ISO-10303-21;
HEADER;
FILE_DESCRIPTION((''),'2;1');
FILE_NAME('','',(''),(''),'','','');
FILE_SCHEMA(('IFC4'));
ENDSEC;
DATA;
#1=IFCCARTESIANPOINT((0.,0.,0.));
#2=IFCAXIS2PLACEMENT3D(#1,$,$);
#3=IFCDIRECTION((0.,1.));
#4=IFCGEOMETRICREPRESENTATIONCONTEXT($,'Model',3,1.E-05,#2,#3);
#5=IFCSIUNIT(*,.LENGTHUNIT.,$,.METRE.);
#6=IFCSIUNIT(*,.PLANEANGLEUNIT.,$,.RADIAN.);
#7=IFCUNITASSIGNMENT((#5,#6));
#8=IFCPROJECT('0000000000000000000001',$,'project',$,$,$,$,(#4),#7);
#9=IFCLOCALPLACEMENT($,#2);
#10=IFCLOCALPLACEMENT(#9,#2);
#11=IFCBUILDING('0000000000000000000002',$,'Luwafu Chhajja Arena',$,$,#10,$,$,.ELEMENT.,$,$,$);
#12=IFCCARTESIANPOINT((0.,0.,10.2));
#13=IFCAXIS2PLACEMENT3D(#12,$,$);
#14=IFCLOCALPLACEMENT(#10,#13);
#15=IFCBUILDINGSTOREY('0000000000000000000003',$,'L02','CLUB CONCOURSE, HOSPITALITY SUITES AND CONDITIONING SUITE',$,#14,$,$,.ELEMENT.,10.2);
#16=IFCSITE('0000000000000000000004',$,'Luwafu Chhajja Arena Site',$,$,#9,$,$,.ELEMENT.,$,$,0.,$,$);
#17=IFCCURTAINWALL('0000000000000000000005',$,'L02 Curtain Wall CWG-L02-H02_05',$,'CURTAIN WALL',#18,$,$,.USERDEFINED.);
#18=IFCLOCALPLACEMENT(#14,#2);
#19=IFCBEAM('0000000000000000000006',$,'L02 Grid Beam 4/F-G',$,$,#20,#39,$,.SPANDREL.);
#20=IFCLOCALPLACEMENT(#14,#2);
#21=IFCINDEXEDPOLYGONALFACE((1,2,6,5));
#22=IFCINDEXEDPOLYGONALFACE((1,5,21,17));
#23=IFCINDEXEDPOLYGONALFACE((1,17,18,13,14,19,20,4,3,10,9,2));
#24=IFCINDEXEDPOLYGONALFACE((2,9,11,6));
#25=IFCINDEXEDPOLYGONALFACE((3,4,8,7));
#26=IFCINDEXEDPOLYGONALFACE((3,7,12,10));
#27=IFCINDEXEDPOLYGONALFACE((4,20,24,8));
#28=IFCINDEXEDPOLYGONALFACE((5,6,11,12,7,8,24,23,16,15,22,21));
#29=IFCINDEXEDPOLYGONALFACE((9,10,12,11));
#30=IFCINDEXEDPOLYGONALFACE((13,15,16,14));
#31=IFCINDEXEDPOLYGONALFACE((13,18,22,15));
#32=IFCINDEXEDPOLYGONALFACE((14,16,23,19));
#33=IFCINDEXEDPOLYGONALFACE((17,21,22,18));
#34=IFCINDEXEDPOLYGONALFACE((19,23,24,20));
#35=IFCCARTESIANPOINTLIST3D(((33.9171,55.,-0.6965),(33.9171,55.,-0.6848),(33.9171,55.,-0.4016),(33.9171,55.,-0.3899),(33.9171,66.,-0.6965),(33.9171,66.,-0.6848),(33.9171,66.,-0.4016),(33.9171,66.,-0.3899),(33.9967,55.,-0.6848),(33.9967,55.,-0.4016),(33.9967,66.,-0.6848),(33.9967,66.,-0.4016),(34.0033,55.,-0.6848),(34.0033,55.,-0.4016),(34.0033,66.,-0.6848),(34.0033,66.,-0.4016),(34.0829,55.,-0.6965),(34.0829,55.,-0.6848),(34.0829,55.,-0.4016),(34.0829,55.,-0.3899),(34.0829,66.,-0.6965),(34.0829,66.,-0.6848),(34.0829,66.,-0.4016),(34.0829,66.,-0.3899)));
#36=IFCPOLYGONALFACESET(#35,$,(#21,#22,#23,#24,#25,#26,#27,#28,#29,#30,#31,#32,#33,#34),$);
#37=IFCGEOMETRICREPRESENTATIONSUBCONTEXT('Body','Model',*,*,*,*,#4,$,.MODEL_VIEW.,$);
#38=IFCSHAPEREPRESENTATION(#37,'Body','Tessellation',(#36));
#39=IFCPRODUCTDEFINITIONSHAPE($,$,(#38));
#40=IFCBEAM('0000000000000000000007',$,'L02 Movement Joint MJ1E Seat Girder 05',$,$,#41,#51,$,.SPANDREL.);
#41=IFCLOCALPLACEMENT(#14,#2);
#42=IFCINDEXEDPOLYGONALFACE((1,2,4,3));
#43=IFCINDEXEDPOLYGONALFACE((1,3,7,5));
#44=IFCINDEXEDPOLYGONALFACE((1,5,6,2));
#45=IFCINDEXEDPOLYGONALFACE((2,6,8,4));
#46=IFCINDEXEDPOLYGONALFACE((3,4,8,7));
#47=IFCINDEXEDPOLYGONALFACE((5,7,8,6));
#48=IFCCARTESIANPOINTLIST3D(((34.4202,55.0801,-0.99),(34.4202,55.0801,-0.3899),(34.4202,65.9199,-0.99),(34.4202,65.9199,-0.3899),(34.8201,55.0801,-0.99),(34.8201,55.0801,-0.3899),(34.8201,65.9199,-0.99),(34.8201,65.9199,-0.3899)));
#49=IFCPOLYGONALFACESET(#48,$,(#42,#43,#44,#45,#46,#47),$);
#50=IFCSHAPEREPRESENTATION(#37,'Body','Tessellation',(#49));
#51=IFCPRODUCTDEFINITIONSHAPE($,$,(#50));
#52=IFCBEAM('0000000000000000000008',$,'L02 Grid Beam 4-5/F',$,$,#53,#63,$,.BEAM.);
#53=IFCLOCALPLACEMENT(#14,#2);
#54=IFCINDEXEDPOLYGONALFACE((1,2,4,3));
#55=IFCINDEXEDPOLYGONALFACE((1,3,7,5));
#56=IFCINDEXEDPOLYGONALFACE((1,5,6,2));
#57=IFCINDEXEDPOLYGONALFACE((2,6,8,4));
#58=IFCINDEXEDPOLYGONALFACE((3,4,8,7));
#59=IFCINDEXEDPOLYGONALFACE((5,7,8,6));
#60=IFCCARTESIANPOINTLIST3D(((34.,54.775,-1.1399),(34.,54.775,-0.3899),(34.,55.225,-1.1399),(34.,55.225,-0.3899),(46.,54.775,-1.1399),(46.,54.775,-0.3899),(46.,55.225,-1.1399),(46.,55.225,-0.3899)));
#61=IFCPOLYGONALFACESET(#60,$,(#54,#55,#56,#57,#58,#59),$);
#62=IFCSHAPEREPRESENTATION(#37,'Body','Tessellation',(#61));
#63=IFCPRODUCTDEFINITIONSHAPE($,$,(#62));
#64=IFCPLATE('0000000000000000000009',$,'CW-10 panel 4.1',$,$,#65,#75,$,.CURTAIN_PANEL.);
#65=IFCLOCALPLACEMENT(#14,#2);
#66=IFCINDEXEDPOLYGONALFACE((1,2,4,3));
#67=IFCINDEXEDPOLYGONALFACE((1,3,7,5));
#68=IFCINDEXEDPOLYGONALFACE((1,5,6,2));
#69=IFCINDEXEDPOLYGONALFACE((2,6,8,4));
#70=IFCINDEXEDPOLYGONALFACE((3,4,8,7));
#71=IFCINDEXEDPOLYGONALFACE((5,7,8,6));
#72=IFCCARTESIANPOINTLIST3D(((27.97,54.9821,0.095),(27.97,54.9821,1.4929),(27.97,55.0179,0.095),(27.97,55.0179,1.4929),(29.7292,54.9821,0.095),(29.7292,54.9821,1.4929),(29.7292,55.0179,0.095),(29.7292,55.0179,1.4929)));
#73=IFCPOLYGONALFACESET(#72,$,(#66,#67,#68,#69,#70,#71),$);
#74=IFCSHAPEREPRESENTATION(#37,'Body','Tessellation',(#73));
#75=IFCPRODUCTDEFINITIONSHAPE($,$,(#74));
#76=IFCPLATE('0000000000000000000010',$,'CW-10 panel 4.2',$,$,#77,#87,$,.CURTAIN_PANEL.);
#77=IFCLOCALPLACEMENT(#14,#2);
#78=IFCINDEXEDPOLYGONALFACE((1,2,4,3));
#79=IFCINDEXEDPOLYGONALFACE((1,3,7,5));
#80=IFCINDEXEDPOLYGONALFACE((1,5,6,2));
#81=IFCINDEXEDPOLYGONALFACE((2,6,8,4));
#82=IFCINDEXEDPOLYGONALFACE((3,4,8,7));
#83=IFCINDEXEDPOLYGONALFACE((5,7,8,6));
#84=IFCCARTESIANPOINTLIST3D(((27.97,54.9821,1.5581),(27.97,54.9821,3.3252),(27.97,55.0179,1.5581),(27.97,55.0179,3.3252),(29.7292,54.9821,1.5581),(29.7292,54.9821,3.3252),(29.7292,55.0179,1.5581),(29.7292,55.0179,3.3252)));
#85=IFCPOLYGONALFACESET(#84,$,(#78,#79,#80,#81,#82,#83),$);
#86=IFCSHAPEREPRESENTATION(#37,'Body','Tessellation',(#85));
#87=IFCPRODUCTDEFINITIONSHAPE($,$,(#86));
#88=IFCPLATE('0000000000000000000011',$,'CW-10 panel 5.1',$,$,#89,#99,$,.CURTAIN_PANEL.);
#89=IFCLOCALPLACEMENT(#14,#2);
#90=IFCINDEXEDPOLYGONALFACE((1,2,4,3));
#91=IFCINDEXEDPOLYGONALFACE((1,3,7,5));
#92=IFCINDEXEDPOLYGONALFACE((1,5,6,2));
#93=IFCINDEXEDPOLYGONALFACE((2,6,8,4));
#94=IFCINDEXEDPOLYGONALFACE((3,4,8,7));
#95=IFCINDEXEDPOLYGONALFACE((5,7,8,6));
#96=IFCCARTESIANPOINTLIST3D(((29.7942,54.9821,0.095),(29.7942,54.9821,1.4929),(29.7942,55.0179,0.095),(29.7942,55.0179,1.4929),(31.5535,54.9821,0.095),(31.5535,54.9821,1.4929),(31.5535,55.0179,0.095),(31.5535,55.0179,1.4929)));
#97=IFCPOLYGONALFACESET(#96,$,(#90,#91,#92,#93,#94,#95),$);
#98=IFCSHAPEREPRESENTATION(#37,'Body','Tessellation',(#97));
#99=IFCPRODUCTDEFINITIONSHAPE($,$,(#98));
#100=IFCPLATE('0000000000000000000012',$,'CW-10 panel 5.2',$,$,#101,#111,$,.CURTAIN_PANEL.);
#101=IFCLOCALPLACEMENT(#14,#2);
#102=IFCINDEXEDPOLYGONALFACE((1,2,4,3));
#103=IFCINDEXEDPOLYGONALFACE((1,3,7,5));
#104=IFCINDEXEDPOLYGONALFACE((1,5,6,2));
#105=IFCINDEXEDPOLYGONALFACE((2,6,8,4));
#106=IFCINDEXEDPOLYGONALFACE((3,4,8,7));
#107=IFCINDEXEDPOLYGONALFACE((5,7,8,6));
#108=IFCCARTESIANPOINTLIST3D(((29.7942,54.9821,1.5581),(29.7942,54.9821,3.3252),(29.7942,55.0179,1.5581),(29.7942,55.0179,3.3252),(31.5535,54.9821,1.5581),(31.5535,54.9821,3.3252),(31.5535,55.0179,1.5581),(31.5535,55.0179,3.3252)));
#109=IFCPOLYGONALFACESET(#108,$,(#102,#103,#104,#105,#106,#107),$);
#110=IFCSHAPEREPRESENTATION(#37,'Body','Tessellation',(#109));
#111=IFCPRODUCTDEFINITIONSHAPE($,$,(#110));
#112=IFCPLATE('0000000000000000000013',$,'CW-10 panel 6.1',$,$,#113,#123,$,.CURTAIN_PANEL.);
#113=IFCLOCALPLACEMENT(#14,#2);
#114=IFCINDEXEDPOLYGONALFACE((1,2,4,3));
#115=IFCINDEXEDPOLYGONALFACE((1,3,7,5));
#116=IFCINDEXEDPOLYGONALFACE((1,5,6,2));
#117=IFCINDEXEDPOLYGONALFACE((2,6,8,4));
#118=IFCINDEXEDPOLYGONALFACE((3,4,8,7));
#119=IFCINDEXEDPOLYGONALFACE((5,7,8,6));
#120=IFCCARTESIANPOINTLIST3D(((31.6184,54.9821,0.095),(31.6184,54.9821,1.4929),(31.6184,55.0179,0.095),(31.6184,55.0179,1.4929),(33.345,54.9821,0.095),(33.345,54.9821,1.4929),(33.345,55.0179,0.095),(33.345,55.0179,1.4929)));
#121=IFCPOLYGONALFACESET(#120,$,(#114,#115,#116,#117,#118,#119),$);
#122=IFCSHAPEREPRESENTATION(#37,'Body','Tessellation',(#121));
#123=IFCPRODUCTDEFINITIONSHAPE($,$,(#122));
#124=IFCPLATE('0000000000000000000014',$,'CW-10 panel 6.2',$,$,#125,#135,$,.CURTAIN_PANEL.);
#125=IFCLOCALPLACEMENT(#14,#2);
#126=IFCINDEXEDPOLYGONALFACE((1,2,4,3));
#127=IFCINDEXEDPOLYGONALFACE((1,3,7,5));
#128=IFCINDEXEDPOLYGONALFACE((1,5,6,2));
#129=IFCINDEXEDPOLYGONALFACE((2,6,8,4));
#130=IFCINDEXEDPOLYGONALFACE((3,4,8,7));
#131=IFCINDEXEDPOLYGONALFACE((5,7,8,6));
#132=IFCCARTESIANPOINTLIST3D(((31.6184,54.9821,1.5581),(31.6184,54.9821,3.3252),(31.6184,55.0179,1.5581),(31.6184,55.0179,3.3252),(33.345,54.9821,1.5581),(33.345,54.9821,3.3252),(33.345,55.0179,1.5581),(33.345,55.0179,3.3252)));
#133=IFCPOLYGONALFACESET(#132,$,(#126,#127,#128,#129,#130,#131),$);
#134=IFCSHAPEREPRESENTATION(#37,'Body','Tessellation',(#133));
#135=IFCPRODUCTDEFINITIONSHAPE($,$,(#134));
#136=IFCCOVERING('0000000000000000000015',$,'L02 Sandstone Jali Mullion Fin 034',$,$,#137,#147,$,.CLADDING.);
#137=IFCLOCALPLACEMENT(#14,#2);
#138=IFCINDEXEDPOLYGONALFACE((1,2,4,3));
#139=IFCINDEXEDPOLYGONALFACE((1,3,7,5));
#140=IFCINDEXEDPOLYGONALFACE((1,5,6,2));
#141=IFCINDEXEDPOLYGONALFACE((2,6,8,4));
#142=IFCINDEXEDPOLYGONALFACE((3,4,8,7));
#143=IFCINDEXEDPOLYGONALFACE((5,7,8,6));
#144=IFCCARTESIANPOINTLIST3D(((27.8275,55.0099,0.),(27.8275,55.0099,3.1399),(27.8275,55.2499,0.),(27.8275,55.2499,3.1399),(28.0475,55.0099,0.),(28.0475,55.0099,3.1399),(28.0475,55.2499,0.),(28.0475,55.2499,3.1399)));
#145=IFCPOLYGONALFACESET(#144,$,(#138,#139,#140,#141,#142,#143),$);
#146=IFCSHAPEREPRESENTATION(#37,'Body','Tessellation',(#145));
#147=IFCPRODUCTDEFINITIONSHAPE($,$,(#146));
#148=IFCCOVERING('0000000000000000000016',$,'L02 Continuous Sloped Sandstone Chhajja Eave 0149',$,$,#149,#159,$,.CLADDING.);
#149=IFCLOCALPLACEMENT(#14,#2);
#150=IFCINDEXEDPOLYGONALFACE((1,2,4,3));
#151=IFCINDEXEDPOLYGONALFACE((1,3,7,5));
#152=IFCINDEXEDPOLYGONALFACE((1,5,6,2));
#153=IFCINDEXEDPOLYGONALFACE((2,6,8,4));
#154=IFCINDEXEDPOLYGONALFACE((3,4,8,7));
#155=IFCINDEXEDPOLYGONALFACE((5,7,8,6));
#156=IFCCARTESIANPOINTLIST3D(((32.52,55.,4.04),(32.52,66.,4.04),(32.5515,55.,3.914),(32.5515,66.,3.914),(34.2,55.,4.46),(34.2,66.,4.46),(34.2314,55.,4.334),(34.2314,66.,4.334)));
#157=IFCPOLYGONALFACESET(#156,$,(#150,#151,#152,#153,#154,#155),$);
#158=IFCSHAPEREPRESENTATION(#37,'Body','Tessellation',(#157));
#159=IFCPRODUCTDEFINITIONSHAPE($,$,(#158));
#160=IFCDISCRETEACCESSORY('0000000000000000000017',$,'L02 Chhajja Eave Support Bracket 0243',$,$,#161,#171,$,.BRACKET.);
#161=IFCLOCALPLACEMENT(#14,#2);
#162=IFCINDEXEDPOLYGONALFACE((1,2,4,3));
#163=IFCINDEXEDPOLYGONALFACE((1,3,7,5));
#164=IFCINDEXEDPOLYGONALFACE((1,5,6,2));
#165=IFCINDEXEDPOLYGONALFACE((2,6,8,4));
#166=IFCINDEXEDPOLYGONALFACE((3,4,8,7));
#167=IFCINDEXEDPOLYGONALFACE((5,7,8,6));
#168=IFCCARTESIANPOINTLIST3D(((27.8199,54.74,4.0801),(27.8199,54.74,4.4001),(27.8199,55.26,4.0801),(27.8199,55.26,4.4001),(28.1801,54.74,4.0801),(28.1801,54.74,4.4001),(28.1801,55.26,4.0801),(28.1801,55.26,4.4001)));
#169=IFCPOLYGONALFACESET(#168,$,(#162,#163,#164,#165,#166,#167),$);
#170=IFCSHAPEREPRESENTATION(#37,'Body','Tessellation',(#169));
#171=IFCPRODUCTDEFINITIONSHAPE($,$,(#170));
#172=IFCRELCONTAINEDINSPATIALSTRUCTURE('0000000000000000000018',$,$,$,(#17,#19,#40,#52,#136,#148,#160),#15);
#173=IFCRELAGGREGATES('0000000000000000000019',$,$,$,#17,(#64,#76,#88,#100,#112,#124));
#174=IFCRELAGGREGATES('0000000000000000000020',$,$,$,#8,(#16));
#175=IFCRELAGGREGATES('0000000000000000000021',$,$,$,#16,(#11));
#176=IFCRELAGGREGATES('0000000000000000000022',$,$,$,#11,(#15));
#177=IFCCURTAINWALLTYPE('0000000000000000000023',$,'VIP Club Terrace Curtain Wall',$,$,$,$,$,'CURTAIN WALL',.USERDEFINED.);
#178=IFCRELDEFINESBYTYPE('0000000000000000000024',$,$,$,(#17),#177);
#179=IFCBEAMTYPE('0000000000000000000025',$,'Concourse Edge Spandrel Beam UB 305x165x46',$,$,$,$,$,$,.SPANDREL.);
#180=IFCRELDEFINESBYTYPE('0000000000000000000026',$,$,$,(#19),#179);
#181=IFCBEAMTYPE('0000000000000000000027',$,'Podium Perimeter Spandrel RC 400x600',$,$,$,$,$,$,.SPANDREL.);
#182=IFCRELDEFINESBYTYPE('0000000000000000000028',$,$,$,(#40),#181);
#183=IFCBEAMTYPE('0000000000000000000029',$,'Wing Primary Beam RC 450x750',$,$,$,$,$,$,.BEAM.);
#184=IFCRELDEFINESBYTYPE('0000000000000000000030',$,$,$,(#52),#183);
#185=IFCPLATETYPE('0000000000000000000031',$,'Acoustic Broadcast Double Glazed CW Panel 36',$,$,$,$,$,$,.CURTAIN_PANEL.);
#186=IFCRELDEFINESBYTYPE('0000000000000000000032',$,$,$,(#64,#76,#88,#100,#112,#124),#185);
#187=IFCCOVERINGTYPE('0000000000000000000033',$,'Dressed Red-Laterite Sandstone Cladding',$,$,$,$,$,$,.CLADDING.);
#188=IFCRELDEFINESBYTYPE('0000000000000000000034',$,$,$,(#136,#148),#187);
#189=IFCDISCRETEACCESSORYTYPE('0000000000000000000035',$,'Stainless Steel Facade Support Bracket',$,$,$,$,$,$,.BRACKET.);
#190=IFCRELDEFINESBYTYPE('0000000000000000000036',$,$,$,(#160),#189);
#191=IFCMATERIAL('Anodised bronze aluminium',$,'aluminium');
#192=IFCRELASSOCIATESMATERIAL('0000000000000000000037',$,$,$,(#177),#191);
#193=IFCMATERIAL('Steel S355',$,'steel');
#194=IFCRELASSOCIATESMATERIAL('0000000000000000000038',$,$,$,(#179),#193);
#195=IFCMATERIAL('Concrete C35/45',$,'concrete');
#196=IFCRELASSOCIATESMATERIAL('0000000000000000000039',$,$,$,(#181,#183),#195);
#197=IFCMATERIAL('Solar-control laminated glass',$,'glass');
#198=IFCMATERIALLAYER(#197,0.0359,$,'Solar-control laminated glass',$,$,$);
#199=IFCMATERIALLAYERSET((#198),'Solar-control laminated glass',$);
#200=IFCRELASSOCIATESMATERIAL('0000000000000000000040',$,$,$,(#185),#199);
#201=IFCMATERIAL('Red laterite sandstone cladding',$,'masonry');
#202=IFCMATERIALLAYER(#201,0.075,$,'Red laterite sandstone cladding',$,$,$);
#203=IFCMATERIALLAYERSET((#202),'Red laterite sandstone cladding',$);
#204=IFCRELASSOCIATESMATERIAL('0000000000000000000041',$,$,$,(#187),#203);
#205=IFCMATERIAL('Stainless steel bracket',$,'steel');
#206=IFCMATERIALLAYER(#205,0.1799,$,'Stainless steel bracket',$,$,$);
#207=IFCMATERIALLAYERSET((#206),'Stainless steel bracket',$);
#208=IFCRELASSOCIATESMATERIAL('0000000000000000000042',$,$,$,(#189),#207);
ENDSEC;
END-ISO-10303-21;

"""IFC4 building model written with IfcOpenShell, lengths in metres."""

from ifc_helpers import new_model, si_unit, direction, frame, origin, origin_2d, place, context, subcontext, project, spatial, polyline, rectangle, i_section, outline, extrude, material, layer, layer_set, material_profile, profile_set, type_object, element, aggregate, save


model = new_model("IFC4")

# Units and contexts
model_context = context("Model", 3, precision=1e-05, world=origin(), true_north=direction((0.0, 1.0)))
body_context = subcontext(model_context, "Body", "Model", "MODEL_VIEW")
ifc_project = project(units=[si_unit("LENGTHUNIT", "METRE"), si_unit("PLANEANGLEUNIT", "RADIAN")], contexts=[model_context])

# Site, building, storey
site_placement = place(None, origin())
site = spatial("IfcSite", under=ifc_project, at=site_placement, Name="Luwafu Chhajja Arena Site", CompositionType="ELEMENT", RefElevation=0.0)
building_placement = place(site_placement, origin())
building = spatial("IfcBuilding", under=site, at=building_placement, Name="Luwafu Chhajja Arena", CompositionType="ELEMENT")
storey_placement = place(building_placement, frame((0.0, 0.0, 10.2)))
storey = spatial("IfcBuildingStorey", under=building, at=storey_placement, Name="L02", Description="CLUB CONCOURSE, HOSPITALITY SUITES AND CONDITIONING SUITE", CompositionType="ELEMENT", Elevation=10.2)

# Curtain wall
ifc_material_1 = material(Name="Anodised bronze aluminium", Category="aluminium")
curtain_wall_type = type_object("IfcCurtainWallType", Name="VIP Club Terrace Curtain Wall", ElementType="CURTAIN WALL", PredefinedType="USERDEFINED", material=ifc_material_1)
curtain_wall_placement = place(storey_placement, origin())
curtain_wall = element("IfcCurtainWall", 1, at=curtain_wall_placement, inside=storey, type_object=curtain_wall_type, Name="L02 Curtain Wall CWG-L02-H02_05", ObjectType="CURTAIN WALL", PredefinedType="USERDEFINED")

# Beams
ifc_material_2 = material(Name="Steel S355", Category="steel")
ifc_material_profile_1 = material_profile(ifc_material_2, i_section(OverallWidth=0.1658, OverallDepth=0.3066, WebThickness=0.0066, FlangeThickness=0.0117, at=origin_2d()), Name="UB 305x165x46")
ifc_profile_set_1 = profile_set([ifc_material_profile_1], Name="Steel S355")
beam_type_1 = type_object("IfcBeamType", Name="Concourse Edge Spandrel Beam UB 305x165x46", PredefinedType="SPANDREL", material=ifc_profile_set_1)
beam_1_placement = place(storey_placement, frame((34.0, 55.0, -0.5432), z_axis=(0.0, 1.0, 0.0), x_axis=(-1.0, 0.0, 0.0)))
element("IfcBeam", 2, at=beam_1_placement, inside=storey, type_object=beam_type_1, Name="L02 Grid Beam 4/F-G", PredefinedType="SPANDREL", context=body_context, shape_type="SweptSolid", body=[
    extrude(i_section(OverallWidth=0.1658, OverallDepth=0.3066, WebThickness=0.0066, FlangeThickness=0.0117, at=origin_2d()), origin(), (0.0, 0.0, 1.0), 11.0),
])
ifc_material_3 = material(Name="Concrete C35/45", Category="concrete")
ifc_material_profile_2 = material_profile(ifc_material_3, rectangle(XDim=0.3999, YDim=0.6001, at=origin_2d()), Name="RC 400x600")
ifc_profile_set_2 = profile_set([ifc_material_profile_2], Name="Concrete C35/45")
beam_type_2 = type_object("IfcBeamType", Name="Podium Perimeter Spandrel RC 400x600", PredefinedType="SPANDREL", material=ifc_profile_set_2)
beam_2_placement = place(storey_placement, frame((34.6201, 55.0801, -0.6899), z_axis=(0.0, 1.0, 0.0), x_axis=(-1.0, 0.0, 0.0)))
element("IfcBeam", 3, at=beam_2_placement, inside=storey, type_object=beam_type_2, Name="L02 Movement Joint MJ1E Seat Girder 05", PredefinedType="SPANDREL", context=body_context, shape_type="SweptSolid", body=[
    extrude(rectangle(XDim=0.3999, YDim=0.6001, at=origin_2d()), origin(), (0.0, 0.0, 1.0), 10.8398),
])
ifc_material_profile_3 = material_profile(ifc_material_3, rectangle(XDim=0.45, YDim=0.75, at=origin_2d()), Name="RC 450x750")
ifc_profile_set_3 = profile_set([ifc_material_profile_3], Name="Concrete C35/45")
beam_type_3 = type_object("IfcBeamType", Name="Wing Primary Beam RC 450x750", PredefinedType="BEAM", material=ifc_profile_set_3)
beam_3_placement = place(storey_placement, frame((34.0, 55.0, -0.7649), z_axis=(1.0, 0.0, 0.0), x_axis=(0.0, 1.0, 0.0)))
element("IfcBeam", 4, at=beam_3_placement, inside=storey, type_object=beam_type_3, Name="L02 Grid Beam 4-5/F", PredefinedType="BEAM", context=body_context, shape_type="SweptSolid", body=[
    extrude(rectangle(XDim=0.45, YDim=0.75, at=origin_2d()), origin(), (0.0, 0.0, 1.0), 12.0),
])

# Plates
ifc_material_4 = material(Name="Solar-control laminated glass", Category="glass")
ifc_layer_1 = layer(ifc_material_4, 0.0359, Name="Solar-control laminated glass")
ifc_layer_set_1 = layer_set([ifc_layer_1], Name="Solar-control laminated glass")
plate_type = type_object("IfcPlateType", Name="Acoustic Broadcast Double Glazed CW Panel 36", PredefinedType="CURTAIN_PANEL", material=ifc_layer_set_1)
plate_1_placement = place(storey_placement, frame((28.8496, 55.0, 0.095), z_axis=(0.0, 0.0, 1.0), x_axis=(1.0, 0.0, 0.0)))
plate_1 = element("IfcPlate", 5, at=plate_1_placement, type_object=plate_type, Name="CW-10 panel 4.1", PredefinedType="CURTAIN_PANEL", context=body_context, shape_type="SweptSolid", body=[
    extrude(rectangle(XDim=1.7593, YDim=0.0359, at=origin_2d()), origin(), (0.0, 0.0, 1.0), 1.3979),
])
plate_2_placement = place(storey_placement, frame((28.8496, 55.0, 1.5581), z_axis=(0.0, 0.0, 1.0), x_axis=(1.0, 0.0, 0.0)))
plate_2 = element("IfcPlate", 6, at=plate_2_placement, type_object=plate_type, Name="CW-10 panel 4.2", PredefinedType="CURTAIN_PANEL", context=body_context, shape_type="SweptSolid", body=[
    extrude(rectangle(XDim=1.7593, YDim=0.0359, at=origin_2d()), origin(), (0.0, 0.0, 1.0), 1.7671),
])
plate_3_placement = place(storey_placement, frame((30.6738, 55.0, 0.095), z_axis=(0.0, 0.0, 1.0), x_axis=(1.0, 0.0, 0.0)))
plate_3 = element("IfcPlate", 7, at=plate_3_placement, type_object=plate_type, Name="CW-10 panel 5.1", PredefinedType="CURTAIN_PANEL", context=body_context, shape_type="SweptSolid", body=[
    extrude(rectangle(XDim=1.7593, YDim=0.0359, at=origin_2d()), origin(), (0.0, 0.0, 1.0), 1.3979),
])
plate_4_placement = place(storey_placement, frame((30.6738, 55.0, 1.5581), z_axis=(0.0, 0.0, 1.0), x_axis=(1.0, 0.0, 0.0)))
plate_4 = element("IfcPlate", 8, at=plate_4_placement, type_object=plate_type, Name="CW-10 panel 5.2", PredefinedType="CURTAIN_PANEL", context=body_context, shape_type="SweptSolid", body=[
    extrude(rectangle(XDim=1.7593, YDim=0.0359, at=origin_2d()), origin(), (0.0, 0.0, 1.0), 1.7671),
])
plate_5_placement = place(storey_placement, frame((32.4817, 55.0, 0.095), z_axis=(0.0, 0.0, 1.0), x_axis=(1.0, 0.0, 0.0)))
plate_5 = element("IfcPlate", 9, at=plate_5_placement, type_object=plate_type, Name="CW-10 panel 6.1", PredefinedType="CURTAIN_PANEL", context=body_context, shape_type="SweptSolid", body=[
    extrude(rectangle(XDim=1.7266, YDim=0.0359, at=origin_2d()), origin(), (0.0, 0.0, 1.0), 1.3979),
])
plate_6_placement = place(storey_placement, frame((32.4817, 55.0, 1.5581), z_axis=(0.0, 0.0, 1.0), x_axis=(1.0, 0.0, 0.0)))
plate_6 = element("IfcPlate", 10, at=plate_6_placement, type_object=plate_type, Name="CW-10 panel 6.2", PredefinedType="CURTAIN_PANEL", context=body_context, shape_type="SweptSolid", body=[
    extrude(rectangle(XDim=1.7266, YDim=0.0359, at=origin_2d()), origin(), (0.0, 0.0, 1.0), 1.7671),
])
aggregate(curtain_wall, [plate_1, plate_2, plate_3, plate_4, plate_5, plate_6])

# Coverings
ifc_material_5 = material(Name="Red laterite sandstone cladding", Category="masonry")
ifc_layer_2 = layer(ifc_material_5, 0.075, Name="Red laterite sandstone cladding")
ifc_layer_set_2 = layer_set([ifc_layer_2], Name="Red laterite sandstone cladding")
covering_type = type_object("IfcCoveringType", Name="Dressed Red-Laterite Sandstone Cladding", PredefinedType="CLADDING", material=ifc_layer_set_2)
covering_1_placement = place(storey_placement, frame((27.9375, 55.1299, 0.0), z_axis=(0.0, 0.0, 1.0), x_axis=(1.0, 0.0, 0.0)))
element("IfcCovering", 11, at=covering_1_placement, inside=storey, type_object=covering_type, Name="L02 Sandstone Jali Mullion Fin 034", PredefinedType="CLADDING", context=body_context, shape_type="SweptSolid", body=[
    extrude(rectangle(XDim=0.22, YDim=0.24, at=origin_2d()), origin(), (0.0, 0.0, 1.0), 3.1399),
])
covering_2_placement = place(storey_placement, frame((34.2, 55.0, 4.46), z_axis=(-0.242502, 0.0, 0.970151), x_axis=(0.0, 1.0, 0.0)))
element("IfcCovering", 12, at=covering_2_placement, inside=storey, type_object=covering_type, Name="L02 Continuous Sloped Sandstone Chhajja Eave 0149", PredefinedType="CLADDING", context=body_context, shape_type="SweptSolid", body=[
    extrude(outline(polyline([(0.0, 0.0), (11.0, 0.0), (11.0, 1.7316), (0.0, 1.7316), (0.0, 0.0)])), origin(), (0.0, 0.0, -1.0), 0.1299),
])

# Discrete accessory
ifc_material_6 = material(Name="Stainless steel bracket", Category="steel")
ifc_layer_3 = layer(ifc_material_6, 0.1799, Name="Stainless steel bracket")
ifc_layer_set_3 = layer_set([ifc_layer_3], Name="Stainless steel bracket")
discrete_accessory_type = type_object("IfcDiscreteAccessoryType", Name="Stainless Steel Facade Support Bracket", PredefinedType="BRACKET", material=ifc_layer_set_3)
discrete_accessory_placement = place(storey_placement, frame((28.0, 55.0, 4.0801), z_axis=(0.0, 0.0, 1.0), x_axis=(1.0, 0.0, 0.0)))
element("IfcDiscreteAccessory", 13, at=discrete_accessory_placement, inside=storey, type_object=discrete_accessory_type, Name="L02 Chhajja Eave Support Bracket 0243", PredefinedType="BRACKET", context=body_context, shape_type="SweptSolid", body=[
    extrude(rectangle(XDim=0.3601, YDim=0.52, at=origin_2d()), origin(), (0.0, 0.0, 1.0), 0.3201),
])

save(model, "model.ifc")
